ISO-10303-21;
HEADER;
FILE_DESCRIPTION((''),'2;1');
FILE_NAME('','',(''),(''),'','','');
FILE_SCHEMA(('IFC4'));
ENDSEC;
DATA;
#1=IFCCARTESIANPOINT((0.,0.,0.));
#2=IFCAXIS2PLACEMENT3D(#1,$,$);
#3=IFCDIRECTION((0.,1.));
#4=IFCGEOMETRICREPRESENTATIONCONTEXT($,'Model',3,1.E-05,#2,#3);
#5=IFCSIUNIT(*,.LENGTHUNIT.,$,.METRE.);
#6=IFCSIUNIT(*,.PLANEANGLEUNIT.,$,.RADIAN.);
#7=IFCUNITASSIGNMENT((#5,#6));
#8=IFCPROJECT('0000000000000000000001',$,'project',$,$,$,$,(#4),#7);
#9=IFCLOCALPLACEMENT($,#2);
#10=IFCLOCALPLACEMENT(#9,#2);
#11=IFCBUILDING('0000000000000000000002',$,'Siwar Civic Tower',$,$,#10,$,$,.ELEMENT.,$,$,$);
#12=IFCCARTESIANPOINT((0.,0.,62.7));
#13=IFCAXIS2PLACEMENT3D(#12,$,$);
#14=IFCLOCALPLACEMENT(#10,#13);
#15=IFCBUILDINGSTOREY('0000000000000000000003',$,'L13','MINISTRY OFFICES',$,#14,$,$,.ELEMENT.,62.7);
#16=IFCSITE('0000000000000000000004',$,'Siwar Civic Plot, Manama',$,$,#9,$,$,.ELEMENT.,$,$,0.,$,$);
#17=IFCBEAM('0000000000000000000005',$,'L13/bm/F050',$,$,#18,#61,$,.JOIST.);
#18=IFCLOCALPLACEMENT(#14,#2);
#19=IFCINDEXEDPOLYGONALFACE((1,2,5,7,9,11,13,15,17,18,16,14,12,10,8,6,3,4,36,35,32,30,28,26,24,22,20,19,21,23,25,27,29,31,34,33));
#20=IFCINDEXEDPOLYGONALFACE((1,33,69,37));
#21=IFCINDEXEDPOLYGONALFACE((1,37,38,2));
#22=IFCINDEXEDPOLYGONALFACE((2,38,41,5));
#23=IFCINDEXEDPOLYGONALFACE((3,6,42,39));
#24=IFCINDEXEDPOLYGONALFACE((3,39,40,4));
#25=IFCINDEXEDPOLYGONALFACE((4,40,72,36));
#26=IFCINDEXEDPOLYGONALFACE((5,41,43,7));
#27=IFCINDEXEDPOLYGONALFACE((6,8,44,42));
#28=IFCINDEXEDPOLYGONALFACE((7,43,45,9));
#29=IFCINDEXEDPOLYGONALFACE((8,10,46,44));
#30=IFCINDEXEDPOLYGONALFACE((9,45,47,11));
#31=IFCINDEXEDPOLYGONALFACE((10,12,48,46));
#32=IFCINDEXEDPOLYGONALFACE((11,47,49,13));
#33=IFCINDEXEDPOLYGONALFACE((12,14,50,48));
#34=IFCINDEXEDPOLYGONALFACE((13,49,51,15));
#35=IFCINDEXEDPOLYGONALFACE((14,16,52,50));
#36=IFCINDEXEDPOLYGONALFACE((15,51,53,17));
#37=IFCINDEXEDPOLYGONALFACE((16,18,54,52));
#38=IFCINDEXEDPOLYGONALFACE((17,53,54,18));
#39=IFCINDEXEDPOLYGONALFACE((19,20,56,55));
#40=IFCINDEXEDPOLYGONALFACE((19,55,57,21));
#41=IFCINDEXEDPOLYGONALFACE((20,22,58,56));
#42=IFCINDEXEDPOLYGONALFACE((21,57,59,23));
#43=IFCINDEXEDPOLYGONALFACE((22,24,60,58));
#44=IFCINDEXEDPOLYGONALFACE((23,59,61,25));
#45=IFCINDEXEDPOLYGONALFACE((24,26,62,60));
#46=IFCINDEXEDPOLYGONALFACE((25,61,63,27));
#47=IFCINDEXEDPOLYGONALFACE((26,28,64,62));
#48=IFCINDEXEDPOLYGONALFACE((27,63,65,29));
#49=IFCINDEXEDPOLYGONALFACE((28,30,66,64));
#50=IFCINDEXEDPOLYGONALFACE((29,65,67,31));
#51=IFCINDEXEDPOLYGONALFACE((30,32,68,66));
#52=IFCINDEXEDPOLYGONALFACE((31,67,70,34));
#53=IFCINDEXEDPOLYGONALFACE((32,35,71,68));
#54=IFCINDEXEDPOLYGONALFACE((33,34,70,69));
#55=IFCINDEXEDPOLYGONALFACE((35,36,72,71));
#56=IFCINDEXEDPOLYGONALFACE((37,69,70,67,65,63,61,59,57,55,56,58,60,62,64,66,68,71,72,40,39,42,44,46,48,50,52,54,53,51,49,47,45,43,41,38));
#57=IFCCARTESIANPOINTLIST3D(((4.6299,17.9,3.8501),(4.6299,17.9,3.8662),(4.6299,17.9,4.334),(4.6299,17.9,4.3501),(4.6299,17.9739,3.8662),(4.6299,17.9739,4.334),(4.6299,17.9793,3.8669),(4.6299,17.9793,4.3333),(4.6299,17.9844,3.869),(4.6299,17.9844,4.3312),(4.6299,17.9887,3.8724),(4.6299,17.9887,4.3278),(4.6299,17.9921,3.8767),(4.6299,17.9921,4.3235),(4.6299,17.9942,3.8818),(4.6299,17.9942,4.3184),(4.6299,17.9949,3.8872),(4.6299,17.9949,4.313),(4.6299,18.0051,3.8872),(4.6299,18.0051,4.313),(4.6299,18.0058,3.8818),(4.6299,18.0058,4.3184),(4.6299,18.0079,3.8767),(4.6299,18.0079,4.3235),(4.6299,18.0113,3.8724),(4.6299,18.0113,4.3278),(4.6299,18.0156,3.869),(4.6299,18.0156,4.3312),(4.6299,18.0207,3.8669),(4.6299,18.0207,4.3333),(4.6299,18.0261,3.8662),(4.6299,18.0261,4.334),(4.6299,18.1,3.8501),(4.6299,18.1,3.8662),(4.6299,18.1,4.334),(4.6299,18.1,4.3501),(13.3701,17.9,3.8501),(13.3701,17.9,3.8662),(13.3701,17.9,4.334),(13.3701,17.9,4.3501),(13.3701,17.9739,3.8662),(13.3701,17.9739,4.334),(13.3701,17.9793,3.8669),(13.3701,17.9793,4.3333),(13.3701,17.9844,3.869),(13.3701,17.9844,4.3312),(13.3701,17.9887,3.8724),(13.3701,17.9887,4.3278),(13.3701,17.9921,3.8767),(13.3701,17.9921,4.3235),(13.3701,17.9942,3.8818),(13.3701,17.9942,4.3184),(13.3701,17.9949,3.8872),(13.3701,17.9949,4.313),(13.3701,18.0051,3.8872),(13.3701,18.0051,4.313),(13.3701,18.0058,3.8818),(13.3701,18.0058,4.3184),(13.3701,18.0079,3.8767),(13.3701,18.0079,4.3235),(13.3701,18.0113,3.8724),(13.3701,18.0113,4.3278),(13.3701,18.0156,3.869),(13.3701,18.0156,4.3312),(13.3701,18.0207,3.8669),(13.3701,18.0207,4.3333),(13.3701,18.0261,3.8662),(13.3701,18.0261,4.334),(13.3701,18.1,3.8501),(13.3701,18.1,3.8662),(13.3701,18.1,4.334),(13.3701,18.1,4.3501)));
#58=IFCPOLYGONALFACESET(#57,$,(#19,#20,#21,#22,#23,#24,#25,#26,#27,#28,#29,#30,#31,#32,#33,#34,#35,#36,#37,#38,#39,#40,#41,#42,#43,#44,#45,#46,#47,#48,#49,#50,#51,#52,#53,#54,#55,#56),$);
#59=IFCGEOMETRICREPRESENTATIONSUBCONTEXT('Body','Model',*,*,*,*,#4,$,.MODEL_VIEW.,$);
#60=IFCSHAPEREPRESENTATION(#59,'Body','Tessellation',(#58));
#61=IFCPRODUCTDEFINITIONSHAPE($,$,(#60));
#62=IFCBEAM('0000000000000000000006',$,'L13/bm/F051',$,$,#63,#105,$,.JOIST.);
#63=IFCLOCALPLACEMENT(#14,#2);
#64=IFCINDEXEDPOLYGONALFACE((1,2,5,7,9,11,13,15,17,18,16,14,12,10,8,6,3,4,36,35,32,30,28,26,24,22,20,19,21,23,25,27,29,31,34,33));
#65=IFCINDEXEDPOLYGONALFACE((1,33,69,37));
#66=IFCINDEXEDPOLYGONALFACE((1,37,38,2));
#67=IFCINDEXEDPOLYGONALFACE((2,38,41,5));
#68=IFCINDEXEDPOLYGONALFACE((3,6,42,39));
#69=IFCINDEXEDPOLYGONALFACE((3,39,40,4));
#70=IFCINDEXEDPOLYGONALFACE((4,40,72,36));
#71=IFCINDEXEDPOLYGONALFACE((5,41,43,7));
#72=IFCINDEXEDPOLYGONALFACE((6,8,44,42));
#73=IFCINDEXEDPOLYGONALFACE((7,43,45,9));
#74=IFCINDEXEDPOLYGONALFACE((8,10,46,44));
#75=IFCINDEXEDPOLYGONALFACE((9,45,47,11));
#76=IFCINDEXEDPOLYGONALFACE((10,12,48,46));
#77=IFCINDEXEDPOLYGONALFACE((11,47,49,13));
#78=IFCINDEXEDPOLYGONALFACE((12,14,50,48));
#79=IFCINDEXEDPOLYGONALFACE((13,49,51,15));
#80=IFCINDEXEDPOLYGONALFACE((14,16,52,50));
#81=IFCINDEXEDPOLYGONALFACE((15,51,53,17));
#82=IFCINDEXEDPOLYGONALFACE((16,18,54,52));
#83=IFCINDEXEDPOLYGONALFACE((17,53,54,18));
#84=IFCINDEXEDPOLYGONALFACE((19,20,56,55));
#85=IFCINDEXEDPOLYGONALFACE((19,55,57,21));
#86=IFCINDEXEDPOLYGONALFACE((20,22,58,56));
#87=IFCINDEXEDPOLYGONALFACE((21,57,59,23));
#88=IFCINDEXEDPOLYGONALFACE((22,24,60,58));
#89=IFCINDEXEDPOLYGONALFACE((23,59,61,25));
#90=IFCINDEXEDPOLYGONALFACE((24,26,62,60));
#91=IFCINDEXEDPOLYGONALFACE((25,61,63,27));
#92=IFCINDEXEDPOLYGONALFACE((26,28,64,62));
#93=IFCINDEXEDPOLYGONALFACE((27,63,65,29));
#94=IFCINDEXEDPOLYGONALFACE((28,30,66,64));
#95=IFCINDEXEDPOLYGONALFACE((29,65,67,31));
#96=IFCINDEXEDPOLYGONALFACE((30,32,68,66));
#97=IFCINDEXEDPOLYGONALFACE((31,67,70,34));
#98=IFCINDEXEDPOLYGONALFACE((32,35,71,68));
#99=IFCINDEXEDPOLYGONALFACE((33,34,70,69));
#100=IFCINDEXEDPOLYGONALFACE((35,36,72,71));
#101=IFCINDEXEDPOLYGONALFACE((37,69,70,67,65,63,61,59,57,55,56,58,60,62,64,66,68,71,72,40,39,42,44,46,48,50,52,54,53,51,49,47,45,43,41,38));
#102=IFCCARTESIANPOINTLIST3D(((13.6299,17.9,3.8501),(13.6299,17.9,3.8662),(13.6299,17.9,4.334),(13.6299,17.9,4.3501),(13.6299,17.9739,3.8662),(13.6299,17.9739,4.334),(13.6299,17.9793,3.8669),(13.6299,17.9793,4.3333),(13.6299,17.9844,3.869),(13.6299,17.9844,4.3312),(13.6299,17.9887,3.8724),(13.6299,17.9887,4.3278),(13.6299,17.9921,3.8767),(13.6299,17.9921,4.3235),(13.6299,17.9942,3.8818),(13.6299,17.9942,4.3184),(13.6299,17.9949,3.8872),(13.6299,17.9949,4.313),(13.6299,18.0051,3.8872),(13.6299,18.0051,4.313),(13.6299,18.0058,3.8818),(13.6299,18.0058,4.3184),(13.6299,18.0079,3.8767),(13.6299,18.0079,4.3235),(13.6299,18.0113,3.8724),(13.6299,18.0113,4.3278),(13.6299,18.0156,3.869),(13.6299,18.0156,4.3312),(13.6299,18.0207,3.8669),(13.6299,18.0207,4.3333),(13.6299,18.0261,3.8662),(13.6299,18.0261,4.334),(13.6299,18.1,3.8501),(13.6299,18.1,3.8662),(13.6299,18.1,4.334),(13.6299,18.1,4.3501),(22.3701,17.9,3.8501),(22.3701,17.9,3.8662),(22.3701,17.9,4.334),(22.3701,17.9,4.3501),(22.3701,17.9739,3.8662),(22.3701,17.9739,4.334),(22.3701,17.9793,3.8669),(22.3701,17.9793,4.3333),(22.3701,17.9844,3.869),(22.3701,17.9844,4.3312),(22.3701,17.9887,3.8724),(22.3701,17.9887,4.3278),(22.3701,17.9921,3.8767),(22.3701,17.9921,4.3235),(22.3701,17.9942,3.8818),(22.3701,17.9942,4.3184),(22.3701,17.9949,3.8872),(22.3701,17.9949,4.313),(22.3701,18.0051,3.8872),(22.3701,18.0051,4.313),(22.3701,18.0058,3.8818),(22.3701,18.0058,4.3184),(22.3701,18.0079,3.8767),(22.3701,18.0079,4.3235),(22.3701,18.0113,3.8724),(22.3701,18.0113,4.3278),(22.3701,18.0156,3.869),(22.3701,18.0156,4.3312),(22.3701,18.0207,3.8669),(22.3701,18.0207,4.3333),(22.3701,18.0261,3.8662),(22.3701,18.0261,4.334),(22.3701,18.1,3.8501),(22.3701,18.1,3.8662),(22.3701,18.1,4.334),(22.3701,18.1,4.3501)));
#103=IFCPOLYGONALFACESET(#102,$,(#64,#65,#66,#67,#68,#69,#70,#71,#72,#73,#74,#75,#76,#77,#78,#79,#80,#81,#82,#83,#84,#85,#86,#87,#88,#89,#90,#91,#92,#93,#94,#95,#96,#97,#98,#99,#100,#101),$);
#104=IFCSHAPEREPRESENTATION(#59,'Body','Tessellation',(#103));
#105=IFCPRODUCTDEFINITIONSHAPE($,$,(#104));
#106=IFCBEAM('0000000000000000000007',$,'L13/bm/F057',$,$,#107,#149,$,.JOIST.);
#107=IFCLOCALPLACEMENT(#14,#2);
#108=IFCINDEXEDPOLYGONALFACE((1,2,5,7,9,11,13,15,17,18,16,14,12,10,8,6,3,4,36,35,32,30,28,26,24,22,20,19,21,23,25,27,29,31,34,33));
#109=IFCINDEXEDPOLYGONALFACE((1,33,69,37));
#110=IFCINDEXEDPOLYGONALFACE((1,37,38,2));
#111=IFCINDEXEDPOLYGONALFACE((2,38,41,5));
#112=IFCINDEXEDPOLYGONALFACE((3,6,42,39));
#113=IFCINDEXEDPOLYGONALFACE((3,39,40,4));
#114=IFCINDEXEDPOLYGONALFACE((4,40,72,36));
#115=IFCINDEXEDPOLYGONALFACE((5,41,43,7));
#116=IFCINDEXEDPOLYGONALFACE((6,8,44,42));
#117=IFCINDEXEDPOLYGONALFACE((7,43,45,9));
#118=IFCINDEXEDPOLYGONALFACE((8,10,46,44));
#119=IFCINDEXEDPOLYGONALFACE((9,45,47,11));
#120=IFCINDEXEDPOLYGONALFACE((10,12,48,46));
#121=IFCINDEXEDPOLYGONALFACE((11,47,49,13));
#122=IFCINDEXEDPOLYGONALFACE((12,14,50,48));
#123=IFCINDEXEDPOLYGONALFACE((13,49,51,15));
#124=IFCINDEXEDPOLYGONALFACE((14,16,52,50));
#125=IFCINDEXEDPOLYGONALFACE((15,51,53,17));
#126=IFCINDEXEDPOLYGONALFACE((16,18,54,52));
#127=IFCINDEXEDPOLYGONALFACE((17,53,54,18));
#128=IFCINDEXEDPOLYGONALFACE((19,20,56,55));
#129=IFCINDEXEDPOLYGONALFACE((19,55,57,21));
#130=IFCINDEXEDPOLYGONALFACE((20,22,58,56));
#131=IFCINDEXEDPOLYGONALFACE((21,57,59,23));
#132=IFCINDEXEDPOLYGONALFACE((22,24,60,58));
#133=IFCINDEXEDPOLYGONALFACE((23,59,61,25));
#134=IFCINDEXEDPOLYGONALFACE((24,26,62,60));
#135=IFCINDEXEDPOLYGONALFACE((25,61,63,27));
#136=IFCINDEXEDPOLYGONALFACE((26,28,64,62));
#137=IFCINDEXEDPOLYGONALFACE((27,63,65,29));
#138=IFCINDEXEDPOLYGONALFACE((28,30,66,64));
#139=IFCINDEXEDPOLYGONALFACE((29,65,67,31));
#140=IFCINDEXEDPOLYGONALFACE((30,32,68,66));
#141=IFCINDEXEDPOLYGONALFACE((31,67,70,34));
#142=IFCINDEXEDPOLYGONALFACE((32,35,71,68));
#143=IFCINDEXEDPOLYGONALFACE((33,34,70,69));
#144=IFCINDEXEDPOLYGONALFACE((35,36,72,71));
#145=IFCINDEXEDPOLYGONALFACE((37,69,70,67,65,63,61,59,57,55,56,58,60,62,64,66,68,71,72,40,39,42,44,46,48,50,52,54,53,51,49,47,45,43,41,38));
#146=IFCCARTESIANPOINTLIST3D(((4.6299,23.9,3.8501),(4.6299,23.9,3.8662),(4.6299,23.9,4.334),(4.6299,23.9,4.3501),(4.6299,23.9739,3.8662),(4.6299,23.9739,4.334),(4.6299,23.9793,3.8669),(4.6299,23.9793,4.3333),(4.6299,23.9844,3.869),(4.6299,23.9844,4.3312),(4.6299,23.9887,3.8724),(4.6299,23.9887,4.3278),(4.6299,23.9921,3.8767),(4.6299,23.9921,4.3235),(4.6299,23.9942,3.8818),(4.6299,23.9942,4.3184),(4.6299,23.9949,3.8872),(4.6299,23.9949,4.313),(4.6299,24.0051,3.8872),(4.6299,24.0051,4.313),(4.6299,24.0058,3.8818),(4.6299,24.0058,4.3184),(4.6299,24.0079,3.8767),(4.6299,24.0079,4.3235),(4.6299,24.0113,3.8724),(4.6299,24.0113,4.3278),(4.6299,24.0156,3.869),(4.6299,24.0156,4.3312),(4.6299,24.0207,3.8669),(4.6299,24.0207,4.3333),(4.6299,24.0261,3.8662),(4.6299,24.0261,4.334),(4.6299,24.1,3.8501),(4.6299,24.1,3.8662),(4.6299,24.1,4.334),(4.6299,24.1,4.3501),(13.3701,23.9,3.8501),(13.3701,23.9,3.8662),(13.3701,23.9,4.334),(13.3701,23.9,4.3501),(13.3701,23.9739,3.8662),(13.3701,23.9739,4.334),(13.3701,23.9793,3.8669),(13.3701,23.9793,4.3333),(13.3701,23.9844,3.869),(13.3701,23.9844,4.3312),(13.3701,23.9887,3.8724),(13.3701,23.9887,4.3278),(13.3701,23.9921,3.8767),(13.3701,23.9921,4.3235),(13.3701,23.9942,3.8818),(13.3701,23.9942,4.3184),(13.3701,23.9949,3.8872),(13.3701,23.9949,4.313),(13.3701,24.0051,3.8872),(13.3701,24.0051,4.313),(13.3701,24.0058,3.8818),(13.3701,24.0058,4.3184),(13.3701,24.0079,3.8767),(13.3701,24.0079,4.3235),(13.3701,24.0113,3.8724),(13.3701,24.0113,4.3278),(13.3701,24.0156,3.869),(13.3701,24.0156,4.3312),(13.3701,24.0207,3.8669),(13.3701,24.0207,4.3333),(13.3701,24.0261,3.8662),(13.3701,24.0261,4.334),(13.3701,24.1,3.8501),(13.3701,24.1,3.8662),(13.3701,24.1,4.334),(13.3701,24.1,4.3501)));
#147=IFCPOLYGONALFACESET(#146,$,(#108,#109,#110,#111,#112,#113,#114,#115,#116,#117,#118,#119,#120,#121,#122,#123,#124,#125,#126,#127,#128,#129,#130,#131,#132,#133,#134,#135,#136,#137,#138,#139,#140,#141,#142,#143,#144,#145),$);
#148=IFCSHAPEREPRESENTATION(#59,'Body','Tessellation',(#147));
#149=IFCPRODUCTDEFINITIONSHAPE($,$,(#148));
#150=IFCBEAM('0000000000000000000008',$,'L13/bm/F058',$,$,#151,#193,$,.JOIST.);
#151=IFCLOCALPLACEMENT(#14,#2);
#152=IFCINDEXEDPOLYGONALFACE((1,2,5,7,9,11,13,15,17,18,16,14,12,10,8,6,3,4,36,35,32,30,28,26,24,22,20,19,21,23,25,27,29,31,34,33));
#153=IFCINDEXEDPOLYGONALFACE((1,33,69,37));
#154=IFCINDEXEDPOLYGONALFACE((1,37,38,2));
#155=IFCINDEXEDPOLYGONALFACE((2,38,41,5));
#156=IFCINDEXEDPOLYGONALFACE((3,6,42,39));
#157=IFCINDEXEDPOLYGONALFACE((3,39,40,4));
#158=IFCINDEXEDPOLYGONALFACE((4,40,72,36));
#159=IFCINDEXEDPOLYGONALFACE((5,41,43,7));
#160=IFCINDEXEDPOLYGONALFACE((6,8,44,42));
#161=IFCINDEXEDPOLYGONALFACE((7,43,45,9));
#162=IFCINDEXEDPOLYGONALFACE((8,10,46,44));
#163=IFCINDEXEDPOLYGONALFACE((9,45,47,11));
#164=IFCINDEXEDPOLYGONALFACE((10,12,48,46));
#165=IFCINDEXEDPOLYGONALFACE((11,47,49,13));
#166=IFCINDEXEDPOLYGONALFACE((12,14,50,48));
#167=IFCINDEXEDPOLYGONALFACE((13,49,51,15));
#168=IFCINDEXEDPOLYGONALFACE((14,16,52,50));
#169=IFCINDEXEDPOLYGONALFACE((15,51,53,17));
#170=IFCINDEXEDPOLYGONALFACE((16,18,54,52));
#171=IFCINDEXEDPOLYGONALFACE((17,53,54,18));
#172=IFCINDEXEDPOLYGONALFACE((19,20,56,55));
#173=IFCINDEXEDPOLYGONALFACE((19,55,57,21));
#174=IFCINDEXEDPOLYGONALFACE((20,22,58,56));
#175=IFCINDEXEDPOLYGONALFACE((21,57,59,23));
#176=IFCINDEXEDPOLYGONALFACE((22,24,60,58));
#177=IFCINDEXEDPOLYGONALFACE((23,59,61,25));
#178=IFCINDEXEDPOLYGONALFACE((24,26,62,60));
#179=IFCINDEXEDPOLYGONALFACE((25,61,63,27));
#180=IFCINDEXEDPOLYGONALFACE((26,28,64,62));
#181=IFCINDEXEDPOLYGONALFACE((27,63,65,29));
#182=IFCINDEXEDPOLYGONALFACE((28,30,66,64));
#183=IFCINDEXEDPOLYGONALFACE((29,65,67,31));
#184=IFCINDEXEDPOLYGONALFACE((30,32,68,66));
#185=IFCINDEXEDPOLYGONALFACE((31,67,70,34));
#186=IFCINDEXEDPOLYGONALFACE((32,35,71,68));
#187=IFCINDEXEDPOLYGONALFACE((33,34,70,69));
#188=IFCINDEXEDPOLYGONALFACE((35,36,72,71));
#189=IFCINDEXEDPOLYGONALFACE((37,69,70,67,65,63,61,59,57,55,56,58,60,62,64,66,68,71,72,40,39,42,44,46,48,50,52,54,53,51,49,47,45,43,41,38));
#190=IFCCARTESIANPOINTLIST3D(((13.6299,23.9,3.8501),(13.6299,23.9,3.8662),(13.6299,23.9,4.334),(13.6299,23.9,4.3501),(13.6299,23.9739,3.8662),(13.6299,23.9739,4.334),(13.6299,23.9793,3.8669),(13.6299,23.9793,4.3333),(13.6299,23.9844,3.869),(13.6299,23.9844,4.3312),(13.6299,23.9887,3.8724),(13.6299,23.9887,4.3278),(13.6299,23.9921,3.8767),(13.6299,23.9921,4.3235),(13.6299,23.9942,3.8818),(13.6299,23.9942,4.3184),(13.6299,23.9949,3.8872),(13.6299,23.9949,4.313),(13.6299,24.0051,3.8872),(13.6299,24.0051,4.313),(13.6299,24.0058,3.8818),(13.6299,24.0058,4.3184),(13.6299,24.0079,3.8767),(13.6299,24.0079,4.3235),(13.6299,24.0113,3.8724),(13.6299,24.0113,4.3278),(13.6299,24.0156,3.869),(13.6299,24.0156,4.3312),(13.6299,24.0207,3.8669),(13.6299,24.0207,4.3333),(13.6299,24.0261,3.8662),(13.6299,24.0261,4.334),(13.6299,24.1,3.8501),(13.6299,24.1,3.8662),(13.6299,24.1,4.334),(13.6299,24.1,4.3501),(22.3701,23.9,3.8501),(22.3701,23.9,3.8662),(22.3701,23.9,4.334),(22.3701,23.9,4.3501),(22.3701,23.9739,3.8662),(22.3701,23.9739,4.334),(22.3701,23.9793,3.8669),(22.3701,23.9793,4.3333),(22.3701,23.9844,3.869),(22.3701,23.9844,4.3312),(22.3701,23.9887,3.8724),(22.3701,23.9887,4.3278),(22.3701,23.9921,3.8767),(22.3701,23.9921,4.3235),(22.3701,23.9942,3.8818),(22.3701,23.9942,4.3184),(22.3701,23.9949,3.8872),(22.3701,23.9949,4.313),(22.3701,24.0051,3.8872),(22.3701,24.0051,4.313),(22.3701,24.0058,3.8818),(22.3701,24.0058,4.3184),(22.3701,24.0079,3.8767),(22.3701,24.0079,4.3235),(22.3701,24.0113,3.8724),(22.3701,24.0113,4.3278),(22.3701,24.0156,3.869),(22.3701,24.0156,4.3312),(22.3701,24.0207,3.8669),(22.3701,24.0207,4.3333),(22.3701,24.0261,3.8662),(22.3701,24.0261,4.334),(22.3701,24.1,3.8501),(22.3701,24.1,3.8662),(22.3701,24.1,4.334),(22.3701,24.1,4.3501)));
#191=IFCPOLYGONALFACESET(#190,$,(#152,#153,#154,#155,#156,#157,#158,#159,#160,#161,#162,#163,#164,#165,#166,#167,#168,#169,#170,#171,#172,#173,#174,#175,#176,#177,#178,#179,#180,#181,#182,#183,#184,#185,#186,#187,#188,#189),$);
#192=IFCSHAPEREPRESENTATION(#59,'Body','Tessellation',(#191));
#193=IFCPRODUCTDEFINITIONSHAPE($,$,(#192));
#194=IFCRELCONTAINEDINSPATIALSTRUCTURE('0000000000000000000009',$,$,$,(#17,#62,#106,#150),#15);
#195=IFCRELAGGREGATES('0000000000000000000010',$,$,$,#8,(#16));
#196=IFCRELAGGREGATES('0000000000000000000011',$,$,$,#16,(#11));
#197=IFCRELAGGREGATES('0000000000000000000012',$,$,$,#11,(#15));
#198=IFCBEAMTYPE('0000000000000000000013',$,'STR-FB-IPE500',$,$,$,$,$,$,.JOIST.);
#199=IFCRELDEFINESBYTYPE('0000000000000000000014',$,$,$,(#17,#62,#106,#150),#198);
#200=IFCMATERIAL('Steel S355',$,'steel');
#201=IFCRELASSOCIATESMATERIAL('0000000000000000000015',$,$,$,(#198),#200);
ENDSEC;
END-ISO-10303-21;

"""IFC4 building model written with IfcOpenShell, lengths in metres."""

from ifc_helpers import new_model, si_unit, direction, frame, origin, origin_2d, place, context, subcontext, project, spatial, i_section, extrude, material, material_profile, profile_set, type_object, element, save


model = new_model("IFC4")

# Units and contexts
model_context = context("Model", 3, precision=1e-05, world=origin(), true_north=direction((0.0, 1.0)))
body_context = subcontext(model_context, "Body", "Model", "MODEL_VIEW")
ifc_project = project(units=[si_unit("LENGTHUNIT", "METRE"), si_unit("PLANEANGLEUNIT", "RADIAN")], contexts=[model_context])

# Site, building, storey
site_placement = place(None, origin())
site = spatial("IfcSite", under=ifc_project, at=site_placement, Name="Siwar Civic Plot, Manama", CompositionType="ELEMENT", RefElevation=0.0)
building_placement = place(site_placement, origin())
building = spatial("IfcBuilding", under=site, at=building_placement, Name="Siwar Civic Tower", CompositionType="ELEMENT")
storey_placement = place(building_placement, frame((0.0, 0.0, 62.7)))
storey = spatial("IfcBuildingStorey", under=building, at=storey_placement, Name="L13", Description="MINISTRY OFFICES", CompositionType="ELEMENT", Elevation=62.7)

# Beams
ifc_material_1 = material(Name="Steel S355", Category="steel")
ifc_material_profile_1 = material_profile(ifc_material_1, i_section(OverallWidth=0.2, OverallDepth=0.5, WebThickness=0.0103, FlangeThickness=0.0161, FilletRadius=0.021, at=origin_2d()), Name="IPE500")
ifc_profile_set_1 = profile_set([ifc_material_profile_1], Name="Steel S355")
beam_type_1 = type_object("IfcBeamType", Name="STR-FB-IPE500", PredefinedType="JOIST", material=ifc_profile_set_1)
for number, where, z_axis, x_axis, name in (
    (1, (4.6299, 18.0, 4.1001), (1.0, 0.0, 0.0), (0.0, 1.0, 0.0), "L13/bm/F050"),
    (2, (13.6299, 18.0, 4.1001), (1.0, 0.0, 0.0), (0.0, 1.0, 0.0), "L13/bm/F051"),
    (3, (4.6299, 24.0, 4.1001), (1.0, 0.0, 0.0), (0.0, 1.0, 0.0), "L13/bm/F057"),
    (4, (13.6299, 24.0, 4.1001), (1.0, 0.0, 0.0), (0.0, 1.0, 0.0), "L13/bm/F058"),
):
    element("IfcBeam", number, at=place(storey_placement, frame(where, z_axis=z_axis, x_axis=x_axis)), inside=storey, type_object=beam_type_1, Name=name, PredefinedType="JOIST", context=body_context, shape_type="SweptSolid", body=[
        extrude(i_section(OverallWidth=0.2, OverallDepth=0.5, WebThickness=0.0103, FlangeThickness=0.0161, FilletRadius=0.021, at=origin_2d()), origin(), (0.0, 0.0, 1.0), 8.7402),
    ])

save(model, "model.ifc")
